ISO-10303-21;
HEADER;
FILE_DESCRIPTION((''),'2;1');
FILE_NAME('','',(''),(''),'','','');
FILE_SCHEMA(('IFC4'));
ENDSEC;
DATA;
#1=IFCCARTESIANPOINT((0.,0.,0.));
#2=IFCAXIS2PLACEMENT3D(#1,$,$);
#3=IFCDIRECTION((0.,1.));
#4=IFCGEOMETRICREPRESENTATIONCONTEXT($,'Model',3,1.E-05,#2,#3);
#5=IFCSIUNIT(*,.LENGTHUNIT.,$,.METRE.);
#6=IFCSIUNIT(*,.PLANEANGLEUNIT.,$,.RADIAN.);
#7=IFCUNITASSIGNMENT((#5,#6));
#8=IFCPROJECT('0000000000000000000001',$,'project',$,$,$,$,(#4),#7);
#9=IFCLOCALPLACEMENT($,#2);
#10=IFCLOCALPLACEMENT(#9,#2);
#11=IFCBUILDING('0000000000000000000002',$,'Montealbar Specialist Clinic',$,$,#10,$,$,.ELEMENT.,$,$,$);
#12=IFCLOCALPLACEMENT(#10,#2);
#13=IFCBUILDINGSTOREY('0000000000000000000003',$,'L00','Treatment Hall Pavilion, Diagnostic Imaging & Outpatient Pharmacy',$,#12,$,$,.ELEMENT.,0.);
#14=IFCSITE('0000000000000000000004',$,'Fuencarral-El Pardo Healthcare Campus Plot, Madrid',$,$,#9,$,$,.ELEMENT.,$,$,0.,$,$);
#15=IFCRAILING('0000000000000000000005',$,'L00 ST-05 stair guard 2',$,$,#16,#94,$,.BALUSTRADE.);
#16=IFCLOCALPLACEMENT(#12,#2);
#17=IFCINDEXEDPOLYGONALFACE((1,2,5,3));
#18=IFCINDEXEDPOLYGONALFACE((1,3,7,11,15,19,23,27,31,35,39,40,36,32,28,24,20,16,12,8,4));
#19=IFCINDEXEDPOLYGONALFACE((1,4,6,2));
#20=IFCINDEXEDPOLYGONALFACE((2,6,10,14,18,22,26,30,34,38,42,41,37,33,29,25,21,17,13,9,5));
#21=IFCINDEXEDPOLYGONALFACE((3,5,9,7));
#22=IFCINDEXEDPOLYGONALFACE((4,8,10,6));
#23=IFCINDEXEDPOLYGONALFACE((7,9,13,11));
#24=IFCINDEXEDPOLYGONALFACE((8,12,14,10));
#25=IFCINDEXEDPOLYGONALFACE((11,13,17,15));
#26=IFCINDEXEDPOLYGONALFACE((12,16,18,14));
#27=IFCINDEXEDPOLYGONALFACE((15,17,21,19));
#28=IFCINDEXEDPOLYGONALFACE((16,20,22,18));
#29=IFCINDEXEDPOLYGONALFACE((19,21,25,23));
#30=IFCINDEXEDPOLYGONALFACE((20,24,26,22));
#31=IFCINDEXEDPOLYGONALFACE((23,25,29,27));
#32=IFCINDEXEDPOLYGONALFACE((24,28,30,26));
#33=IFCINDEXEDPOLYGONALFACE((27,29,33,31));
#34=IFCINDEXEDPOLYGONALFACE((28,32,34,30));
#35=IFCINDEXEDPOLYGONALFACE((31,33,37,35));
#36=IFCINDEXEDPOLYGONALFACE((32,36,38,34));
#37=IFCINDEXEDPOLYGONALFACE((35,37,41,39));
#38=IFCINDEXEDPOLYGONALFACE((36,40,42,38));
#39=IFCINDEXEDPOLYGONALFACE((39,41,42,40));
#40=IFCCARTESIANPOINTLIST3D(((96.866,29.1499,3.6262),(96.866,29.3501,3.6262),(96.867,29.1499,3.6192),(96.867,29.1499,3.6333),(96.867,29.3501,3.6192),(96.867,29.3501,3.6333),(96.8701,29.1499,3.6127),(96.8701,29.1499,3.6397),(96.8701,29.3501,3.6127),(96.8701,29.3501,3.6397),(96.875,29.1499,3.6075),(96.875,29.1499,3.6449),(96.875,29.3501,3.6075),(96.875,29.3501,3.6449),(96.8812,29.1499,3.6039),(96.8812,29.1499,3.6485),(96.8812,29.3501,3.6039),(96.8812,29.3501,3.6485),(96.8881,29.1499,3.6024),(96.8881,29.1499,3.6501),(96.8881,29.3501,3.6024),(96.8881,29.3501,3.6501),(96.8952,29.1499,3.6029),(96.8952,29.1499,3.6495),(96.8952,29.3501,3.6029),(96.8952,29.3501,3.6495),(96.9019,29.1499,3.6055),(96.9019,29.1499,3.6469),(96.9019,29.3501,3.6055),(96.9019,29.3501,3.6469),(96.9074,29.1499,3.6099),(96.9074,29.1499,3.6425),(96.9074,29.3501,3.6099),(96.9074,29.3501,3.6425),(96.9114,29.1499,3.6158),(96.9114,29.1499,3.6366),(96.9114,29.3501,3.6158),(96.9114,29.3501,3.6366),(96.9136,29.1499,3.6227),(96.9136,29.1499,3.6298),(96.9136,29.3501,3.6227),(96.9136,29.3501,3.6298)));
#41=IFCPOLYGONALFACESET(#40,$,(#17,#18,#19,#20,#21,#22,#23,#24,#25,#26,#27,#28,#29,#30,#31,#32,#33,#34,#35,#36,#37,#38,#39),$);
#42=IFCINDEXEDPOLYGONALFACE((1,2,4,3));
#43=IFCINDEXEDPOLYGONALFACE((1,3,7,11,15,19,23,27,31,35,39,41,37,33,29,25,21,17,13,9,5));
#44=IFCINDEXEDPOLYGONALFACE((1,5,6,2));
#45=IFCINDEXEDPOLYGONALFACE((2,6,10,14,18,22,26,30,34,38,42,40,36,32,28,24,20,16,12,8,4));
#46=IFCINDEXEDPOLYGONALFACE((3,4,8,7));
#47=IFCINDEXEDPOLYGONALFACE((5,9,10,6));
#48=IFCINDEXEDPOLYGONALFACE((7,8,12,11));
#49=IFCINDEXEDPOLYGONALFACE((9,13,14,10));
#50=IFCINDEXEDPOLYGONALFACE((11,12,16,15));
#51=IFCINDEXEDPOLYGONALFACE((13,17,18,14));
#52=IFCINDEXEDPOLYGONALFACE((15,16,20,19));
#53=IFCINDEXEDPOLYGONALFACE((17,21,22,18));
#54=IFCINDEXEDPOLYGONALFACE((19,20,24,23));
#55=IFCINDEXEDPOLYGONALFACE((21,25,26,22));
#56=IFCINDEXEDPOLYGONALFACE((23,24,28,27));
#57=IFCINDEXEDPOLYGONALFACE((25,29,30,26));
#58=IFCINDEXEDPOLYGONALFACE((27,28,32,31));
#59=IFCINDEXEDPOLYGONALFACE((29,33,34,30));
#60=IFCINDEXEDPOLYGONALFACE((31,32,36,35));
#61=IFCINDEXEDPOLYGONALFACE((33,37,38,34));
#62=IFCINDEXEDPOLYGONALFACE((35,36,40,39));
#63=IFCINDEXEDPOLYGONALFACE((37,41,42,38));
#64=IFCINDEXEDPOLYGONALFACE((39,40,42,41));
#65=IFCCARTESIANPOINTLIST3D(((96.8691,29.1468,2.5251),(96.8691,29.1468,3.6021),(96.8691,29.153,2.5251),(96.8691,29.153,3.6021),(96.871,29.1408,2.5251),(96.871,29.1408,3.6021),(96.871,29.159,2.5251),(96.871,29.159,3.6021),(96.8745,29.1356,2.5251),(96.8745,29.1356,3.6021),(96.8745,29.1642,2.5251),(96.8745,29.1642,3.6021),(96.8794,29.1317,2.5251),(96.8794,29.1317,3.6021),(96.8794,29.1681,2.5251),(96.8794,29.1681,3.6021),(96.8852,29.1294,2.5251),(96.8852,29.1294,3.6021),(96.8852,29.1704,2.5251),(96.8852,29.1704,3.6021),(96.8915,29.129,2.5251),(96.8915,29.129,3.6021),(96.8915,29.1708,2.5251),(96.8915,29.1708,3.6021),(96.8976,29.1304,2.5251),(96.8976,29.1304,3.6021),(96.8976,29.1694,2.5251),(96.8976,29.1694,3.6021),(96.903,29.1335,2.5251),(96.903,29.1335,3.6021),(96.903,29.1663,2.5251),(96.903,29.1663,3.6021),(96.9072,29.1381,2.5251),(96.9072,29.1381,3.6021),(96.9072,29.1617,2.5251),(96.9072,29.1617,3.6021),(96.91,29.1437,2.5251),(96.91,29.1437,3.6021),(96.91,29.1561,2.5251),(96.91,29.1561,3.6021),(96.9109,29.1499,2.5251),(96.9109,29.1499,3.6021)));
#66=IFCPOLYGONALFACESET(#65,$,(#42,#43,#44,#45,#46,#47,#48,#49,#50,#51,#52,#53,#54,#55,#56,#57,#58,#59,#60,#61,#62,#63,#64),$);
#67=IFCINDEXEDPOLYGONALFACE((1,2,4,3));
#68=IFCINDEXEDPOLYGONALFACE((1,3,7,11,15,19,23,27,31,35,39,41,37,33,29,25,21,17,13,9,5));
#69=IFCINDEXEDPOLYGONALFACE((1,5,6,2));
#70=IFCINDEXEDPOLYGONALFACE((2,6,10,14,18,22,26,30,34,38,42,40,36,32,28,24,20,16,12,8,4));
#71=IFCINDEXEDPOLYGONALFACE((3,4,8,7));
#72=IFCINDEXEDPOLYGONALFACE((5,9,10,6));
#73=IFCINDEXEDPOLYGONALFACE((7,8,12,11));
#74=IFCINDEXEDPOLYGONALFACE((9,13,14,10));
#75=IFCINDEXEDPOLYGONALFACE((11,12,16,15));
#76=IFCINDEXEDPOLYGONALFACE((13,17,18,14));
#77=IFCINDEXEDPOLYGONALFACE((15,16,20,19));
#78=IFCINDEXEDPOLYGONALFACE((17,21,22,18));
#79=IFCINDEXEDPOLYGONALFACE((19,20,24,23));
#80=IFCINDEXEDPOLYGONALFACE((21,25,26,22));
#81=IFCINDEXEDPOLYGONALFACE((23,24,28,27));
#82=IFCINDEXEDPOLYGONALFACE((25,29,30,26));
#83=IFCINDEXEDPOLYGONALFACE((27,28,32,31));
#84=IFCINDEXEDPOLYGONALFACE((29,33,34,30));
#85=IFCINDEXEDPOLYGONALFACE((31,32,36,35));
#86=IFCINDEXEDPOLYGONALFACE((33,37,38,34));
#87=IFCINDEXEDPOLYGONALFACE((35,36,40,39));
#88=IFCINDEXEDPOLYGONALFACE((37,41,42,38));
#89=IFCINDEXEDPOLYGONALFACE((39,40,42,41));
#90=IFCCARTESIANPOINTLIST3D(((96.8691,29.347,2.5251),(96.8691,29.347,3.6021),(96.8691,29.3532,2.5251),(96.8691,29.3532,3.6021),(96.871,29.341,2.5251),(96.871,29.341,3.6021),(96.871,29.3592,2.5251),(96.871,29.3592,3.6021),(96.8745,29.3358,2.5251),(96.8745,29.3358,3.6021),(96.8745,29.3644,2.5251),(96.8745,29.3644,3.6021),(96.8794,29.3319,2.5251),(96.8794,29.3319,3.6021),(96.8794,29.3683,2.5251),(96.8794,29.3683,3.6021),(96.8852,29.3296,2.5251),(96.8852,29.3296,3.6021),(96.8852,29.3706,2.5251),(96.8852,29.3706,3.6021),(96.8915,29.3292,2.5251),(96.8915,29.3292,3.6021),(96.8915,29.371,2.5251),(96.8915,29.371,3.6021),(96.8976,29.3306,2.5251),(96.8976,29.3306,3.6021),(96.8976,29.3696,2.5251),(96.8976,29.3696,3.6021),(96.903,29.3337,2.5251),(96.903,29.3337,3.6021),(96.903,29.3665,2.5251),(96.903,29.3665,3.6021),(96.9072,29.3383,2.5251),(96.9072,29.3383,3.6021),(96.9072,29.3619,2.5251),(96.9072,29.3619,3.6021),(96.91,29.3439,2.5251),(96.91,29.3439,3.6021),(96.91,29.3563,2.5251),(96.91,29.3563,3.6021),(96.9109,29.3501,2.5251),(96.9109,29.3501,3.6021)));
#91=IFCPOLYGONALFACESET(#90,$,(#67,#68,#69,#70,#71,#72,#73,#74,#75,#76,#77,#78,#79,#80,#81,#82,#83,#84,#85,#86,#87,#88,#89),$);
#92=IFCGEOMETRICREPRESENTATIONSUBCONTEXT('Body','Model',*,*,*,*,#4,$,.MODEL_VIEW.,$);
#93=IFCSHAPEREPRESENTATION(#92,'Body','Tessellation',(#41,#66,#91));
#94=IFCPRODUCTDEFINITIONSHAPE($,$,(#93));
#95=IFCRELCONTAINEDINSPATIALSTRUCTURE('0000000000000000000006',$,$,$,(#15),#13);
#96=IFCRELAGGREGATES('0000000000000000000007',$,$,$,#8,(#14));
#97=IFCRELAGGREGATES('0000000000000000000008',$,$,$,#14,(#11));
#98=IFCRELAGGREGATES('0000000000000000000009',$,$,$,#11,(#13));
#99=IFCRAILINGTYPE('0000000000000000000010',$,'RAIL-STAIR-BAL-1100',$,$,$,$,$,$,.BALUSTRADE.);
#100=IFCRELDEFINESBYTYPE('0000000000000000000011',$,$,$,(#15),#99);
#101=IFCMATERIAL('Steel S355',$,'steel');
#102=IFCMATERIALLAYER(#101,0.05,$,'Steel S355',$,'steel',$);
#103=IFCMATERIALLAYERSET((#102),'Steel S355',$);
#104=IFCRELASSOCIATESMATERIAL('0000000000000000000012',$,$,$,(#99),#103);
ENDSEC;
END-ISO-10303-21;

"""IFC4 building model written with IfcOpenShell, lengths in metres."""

from ifc_helpers import new_model, si_unit, direction, frame, origin, origin_2d, place, context, subcontext, project, spatial, circle, extrude, material, layer, layer_set, type_object, element, save


model = new_model("IFC4")

# Units and contexts
model_context = context("Model", 3, precision=1e-05, world=origin(), true_north=direction((0.0, 1.0)))
body_context = subcontext(model_context, "Body", "Model", "MODEL_VIEW")
ifc_project = project(units=[si_unit("LENGTHUNIT", "METRE"), si_unit("PLANEANGLEUNIT", "RADIAN")], contexts=[model_context])

# Site, building, storey
site_placement = place(None, origin())
site = spatial("IfcSite", under=ifc_project, at=site_placement, Name="Fuencarral-El Pardo Healthcare Campus Plot, Madrid", CompositionType="ELEMENT", RefElevation=0.0)
building_placement = place(site_placement, origin())
building = spatial("IfcBuilding", under=site, at=building_placement, Name="Montealbar Specialist Clinic", CompositionType="ELEMENT")
storey_placement = place(building_placement, origin())
storey = spatial("IfcBuildingStorey", under=building, at=storey_placement, Name="L00", Description="Treatment Hall Pavilion, Diagnostic Imaging & Outpatient Pharmacy", CompositionType="ELEMENT", Elevation=0.0)

# Shared definitions
ifc_material_1 = material(Name="Steel S355", Category="steel")

# Railing
ifc_layer_1 = layer(ifc_material_1, 0.05, Name="Steel S355", Category="steel")
ifc_layer_set_1 = layer_set([ifc_layer_1], Name="Steel S355")
railing_type_1 = type_object("IfcRailingType", Name="RAIL-STAIR-BAL-1100", PredefinedType="BALUSTRADE", material=ifc_layer_set_1)
railing_1_placement = place(storey_placement, frame((96.8899, 29.1499, 2.55)))
element("IfcRailing", 1, at=railing_1_placement, inside=storey, type_object=railing_type_1, Name="L00 ST-05 stair guard 2", PredefinedType="BALUSTRADE", context=body_context, shape_type="SweptSolid", body=[
    extrude(circle(Radius=0.0239, at=origin_2d()), frame((0.0, 0.0, 1.0762), z_axis=(0.0, 1.0, 0.0), x_axis=(-1.0, 0.0, 0.0)), (0.0, 0.0, 1.0), 0.2002),
    extrude(circle(Radius=0.021, at=origin_2d()), frame((0.0, 0.0, -0.0249)), (0.0, 0.0, 1.0), 1.0769),
    extrude(circle(Radius=0.021, at=origin_2d()), frame((0.0, 0.2002, -0.0249)), (0.0, 0.0, 1.0), 1.0769),
])

save(model, "model.ifc")
